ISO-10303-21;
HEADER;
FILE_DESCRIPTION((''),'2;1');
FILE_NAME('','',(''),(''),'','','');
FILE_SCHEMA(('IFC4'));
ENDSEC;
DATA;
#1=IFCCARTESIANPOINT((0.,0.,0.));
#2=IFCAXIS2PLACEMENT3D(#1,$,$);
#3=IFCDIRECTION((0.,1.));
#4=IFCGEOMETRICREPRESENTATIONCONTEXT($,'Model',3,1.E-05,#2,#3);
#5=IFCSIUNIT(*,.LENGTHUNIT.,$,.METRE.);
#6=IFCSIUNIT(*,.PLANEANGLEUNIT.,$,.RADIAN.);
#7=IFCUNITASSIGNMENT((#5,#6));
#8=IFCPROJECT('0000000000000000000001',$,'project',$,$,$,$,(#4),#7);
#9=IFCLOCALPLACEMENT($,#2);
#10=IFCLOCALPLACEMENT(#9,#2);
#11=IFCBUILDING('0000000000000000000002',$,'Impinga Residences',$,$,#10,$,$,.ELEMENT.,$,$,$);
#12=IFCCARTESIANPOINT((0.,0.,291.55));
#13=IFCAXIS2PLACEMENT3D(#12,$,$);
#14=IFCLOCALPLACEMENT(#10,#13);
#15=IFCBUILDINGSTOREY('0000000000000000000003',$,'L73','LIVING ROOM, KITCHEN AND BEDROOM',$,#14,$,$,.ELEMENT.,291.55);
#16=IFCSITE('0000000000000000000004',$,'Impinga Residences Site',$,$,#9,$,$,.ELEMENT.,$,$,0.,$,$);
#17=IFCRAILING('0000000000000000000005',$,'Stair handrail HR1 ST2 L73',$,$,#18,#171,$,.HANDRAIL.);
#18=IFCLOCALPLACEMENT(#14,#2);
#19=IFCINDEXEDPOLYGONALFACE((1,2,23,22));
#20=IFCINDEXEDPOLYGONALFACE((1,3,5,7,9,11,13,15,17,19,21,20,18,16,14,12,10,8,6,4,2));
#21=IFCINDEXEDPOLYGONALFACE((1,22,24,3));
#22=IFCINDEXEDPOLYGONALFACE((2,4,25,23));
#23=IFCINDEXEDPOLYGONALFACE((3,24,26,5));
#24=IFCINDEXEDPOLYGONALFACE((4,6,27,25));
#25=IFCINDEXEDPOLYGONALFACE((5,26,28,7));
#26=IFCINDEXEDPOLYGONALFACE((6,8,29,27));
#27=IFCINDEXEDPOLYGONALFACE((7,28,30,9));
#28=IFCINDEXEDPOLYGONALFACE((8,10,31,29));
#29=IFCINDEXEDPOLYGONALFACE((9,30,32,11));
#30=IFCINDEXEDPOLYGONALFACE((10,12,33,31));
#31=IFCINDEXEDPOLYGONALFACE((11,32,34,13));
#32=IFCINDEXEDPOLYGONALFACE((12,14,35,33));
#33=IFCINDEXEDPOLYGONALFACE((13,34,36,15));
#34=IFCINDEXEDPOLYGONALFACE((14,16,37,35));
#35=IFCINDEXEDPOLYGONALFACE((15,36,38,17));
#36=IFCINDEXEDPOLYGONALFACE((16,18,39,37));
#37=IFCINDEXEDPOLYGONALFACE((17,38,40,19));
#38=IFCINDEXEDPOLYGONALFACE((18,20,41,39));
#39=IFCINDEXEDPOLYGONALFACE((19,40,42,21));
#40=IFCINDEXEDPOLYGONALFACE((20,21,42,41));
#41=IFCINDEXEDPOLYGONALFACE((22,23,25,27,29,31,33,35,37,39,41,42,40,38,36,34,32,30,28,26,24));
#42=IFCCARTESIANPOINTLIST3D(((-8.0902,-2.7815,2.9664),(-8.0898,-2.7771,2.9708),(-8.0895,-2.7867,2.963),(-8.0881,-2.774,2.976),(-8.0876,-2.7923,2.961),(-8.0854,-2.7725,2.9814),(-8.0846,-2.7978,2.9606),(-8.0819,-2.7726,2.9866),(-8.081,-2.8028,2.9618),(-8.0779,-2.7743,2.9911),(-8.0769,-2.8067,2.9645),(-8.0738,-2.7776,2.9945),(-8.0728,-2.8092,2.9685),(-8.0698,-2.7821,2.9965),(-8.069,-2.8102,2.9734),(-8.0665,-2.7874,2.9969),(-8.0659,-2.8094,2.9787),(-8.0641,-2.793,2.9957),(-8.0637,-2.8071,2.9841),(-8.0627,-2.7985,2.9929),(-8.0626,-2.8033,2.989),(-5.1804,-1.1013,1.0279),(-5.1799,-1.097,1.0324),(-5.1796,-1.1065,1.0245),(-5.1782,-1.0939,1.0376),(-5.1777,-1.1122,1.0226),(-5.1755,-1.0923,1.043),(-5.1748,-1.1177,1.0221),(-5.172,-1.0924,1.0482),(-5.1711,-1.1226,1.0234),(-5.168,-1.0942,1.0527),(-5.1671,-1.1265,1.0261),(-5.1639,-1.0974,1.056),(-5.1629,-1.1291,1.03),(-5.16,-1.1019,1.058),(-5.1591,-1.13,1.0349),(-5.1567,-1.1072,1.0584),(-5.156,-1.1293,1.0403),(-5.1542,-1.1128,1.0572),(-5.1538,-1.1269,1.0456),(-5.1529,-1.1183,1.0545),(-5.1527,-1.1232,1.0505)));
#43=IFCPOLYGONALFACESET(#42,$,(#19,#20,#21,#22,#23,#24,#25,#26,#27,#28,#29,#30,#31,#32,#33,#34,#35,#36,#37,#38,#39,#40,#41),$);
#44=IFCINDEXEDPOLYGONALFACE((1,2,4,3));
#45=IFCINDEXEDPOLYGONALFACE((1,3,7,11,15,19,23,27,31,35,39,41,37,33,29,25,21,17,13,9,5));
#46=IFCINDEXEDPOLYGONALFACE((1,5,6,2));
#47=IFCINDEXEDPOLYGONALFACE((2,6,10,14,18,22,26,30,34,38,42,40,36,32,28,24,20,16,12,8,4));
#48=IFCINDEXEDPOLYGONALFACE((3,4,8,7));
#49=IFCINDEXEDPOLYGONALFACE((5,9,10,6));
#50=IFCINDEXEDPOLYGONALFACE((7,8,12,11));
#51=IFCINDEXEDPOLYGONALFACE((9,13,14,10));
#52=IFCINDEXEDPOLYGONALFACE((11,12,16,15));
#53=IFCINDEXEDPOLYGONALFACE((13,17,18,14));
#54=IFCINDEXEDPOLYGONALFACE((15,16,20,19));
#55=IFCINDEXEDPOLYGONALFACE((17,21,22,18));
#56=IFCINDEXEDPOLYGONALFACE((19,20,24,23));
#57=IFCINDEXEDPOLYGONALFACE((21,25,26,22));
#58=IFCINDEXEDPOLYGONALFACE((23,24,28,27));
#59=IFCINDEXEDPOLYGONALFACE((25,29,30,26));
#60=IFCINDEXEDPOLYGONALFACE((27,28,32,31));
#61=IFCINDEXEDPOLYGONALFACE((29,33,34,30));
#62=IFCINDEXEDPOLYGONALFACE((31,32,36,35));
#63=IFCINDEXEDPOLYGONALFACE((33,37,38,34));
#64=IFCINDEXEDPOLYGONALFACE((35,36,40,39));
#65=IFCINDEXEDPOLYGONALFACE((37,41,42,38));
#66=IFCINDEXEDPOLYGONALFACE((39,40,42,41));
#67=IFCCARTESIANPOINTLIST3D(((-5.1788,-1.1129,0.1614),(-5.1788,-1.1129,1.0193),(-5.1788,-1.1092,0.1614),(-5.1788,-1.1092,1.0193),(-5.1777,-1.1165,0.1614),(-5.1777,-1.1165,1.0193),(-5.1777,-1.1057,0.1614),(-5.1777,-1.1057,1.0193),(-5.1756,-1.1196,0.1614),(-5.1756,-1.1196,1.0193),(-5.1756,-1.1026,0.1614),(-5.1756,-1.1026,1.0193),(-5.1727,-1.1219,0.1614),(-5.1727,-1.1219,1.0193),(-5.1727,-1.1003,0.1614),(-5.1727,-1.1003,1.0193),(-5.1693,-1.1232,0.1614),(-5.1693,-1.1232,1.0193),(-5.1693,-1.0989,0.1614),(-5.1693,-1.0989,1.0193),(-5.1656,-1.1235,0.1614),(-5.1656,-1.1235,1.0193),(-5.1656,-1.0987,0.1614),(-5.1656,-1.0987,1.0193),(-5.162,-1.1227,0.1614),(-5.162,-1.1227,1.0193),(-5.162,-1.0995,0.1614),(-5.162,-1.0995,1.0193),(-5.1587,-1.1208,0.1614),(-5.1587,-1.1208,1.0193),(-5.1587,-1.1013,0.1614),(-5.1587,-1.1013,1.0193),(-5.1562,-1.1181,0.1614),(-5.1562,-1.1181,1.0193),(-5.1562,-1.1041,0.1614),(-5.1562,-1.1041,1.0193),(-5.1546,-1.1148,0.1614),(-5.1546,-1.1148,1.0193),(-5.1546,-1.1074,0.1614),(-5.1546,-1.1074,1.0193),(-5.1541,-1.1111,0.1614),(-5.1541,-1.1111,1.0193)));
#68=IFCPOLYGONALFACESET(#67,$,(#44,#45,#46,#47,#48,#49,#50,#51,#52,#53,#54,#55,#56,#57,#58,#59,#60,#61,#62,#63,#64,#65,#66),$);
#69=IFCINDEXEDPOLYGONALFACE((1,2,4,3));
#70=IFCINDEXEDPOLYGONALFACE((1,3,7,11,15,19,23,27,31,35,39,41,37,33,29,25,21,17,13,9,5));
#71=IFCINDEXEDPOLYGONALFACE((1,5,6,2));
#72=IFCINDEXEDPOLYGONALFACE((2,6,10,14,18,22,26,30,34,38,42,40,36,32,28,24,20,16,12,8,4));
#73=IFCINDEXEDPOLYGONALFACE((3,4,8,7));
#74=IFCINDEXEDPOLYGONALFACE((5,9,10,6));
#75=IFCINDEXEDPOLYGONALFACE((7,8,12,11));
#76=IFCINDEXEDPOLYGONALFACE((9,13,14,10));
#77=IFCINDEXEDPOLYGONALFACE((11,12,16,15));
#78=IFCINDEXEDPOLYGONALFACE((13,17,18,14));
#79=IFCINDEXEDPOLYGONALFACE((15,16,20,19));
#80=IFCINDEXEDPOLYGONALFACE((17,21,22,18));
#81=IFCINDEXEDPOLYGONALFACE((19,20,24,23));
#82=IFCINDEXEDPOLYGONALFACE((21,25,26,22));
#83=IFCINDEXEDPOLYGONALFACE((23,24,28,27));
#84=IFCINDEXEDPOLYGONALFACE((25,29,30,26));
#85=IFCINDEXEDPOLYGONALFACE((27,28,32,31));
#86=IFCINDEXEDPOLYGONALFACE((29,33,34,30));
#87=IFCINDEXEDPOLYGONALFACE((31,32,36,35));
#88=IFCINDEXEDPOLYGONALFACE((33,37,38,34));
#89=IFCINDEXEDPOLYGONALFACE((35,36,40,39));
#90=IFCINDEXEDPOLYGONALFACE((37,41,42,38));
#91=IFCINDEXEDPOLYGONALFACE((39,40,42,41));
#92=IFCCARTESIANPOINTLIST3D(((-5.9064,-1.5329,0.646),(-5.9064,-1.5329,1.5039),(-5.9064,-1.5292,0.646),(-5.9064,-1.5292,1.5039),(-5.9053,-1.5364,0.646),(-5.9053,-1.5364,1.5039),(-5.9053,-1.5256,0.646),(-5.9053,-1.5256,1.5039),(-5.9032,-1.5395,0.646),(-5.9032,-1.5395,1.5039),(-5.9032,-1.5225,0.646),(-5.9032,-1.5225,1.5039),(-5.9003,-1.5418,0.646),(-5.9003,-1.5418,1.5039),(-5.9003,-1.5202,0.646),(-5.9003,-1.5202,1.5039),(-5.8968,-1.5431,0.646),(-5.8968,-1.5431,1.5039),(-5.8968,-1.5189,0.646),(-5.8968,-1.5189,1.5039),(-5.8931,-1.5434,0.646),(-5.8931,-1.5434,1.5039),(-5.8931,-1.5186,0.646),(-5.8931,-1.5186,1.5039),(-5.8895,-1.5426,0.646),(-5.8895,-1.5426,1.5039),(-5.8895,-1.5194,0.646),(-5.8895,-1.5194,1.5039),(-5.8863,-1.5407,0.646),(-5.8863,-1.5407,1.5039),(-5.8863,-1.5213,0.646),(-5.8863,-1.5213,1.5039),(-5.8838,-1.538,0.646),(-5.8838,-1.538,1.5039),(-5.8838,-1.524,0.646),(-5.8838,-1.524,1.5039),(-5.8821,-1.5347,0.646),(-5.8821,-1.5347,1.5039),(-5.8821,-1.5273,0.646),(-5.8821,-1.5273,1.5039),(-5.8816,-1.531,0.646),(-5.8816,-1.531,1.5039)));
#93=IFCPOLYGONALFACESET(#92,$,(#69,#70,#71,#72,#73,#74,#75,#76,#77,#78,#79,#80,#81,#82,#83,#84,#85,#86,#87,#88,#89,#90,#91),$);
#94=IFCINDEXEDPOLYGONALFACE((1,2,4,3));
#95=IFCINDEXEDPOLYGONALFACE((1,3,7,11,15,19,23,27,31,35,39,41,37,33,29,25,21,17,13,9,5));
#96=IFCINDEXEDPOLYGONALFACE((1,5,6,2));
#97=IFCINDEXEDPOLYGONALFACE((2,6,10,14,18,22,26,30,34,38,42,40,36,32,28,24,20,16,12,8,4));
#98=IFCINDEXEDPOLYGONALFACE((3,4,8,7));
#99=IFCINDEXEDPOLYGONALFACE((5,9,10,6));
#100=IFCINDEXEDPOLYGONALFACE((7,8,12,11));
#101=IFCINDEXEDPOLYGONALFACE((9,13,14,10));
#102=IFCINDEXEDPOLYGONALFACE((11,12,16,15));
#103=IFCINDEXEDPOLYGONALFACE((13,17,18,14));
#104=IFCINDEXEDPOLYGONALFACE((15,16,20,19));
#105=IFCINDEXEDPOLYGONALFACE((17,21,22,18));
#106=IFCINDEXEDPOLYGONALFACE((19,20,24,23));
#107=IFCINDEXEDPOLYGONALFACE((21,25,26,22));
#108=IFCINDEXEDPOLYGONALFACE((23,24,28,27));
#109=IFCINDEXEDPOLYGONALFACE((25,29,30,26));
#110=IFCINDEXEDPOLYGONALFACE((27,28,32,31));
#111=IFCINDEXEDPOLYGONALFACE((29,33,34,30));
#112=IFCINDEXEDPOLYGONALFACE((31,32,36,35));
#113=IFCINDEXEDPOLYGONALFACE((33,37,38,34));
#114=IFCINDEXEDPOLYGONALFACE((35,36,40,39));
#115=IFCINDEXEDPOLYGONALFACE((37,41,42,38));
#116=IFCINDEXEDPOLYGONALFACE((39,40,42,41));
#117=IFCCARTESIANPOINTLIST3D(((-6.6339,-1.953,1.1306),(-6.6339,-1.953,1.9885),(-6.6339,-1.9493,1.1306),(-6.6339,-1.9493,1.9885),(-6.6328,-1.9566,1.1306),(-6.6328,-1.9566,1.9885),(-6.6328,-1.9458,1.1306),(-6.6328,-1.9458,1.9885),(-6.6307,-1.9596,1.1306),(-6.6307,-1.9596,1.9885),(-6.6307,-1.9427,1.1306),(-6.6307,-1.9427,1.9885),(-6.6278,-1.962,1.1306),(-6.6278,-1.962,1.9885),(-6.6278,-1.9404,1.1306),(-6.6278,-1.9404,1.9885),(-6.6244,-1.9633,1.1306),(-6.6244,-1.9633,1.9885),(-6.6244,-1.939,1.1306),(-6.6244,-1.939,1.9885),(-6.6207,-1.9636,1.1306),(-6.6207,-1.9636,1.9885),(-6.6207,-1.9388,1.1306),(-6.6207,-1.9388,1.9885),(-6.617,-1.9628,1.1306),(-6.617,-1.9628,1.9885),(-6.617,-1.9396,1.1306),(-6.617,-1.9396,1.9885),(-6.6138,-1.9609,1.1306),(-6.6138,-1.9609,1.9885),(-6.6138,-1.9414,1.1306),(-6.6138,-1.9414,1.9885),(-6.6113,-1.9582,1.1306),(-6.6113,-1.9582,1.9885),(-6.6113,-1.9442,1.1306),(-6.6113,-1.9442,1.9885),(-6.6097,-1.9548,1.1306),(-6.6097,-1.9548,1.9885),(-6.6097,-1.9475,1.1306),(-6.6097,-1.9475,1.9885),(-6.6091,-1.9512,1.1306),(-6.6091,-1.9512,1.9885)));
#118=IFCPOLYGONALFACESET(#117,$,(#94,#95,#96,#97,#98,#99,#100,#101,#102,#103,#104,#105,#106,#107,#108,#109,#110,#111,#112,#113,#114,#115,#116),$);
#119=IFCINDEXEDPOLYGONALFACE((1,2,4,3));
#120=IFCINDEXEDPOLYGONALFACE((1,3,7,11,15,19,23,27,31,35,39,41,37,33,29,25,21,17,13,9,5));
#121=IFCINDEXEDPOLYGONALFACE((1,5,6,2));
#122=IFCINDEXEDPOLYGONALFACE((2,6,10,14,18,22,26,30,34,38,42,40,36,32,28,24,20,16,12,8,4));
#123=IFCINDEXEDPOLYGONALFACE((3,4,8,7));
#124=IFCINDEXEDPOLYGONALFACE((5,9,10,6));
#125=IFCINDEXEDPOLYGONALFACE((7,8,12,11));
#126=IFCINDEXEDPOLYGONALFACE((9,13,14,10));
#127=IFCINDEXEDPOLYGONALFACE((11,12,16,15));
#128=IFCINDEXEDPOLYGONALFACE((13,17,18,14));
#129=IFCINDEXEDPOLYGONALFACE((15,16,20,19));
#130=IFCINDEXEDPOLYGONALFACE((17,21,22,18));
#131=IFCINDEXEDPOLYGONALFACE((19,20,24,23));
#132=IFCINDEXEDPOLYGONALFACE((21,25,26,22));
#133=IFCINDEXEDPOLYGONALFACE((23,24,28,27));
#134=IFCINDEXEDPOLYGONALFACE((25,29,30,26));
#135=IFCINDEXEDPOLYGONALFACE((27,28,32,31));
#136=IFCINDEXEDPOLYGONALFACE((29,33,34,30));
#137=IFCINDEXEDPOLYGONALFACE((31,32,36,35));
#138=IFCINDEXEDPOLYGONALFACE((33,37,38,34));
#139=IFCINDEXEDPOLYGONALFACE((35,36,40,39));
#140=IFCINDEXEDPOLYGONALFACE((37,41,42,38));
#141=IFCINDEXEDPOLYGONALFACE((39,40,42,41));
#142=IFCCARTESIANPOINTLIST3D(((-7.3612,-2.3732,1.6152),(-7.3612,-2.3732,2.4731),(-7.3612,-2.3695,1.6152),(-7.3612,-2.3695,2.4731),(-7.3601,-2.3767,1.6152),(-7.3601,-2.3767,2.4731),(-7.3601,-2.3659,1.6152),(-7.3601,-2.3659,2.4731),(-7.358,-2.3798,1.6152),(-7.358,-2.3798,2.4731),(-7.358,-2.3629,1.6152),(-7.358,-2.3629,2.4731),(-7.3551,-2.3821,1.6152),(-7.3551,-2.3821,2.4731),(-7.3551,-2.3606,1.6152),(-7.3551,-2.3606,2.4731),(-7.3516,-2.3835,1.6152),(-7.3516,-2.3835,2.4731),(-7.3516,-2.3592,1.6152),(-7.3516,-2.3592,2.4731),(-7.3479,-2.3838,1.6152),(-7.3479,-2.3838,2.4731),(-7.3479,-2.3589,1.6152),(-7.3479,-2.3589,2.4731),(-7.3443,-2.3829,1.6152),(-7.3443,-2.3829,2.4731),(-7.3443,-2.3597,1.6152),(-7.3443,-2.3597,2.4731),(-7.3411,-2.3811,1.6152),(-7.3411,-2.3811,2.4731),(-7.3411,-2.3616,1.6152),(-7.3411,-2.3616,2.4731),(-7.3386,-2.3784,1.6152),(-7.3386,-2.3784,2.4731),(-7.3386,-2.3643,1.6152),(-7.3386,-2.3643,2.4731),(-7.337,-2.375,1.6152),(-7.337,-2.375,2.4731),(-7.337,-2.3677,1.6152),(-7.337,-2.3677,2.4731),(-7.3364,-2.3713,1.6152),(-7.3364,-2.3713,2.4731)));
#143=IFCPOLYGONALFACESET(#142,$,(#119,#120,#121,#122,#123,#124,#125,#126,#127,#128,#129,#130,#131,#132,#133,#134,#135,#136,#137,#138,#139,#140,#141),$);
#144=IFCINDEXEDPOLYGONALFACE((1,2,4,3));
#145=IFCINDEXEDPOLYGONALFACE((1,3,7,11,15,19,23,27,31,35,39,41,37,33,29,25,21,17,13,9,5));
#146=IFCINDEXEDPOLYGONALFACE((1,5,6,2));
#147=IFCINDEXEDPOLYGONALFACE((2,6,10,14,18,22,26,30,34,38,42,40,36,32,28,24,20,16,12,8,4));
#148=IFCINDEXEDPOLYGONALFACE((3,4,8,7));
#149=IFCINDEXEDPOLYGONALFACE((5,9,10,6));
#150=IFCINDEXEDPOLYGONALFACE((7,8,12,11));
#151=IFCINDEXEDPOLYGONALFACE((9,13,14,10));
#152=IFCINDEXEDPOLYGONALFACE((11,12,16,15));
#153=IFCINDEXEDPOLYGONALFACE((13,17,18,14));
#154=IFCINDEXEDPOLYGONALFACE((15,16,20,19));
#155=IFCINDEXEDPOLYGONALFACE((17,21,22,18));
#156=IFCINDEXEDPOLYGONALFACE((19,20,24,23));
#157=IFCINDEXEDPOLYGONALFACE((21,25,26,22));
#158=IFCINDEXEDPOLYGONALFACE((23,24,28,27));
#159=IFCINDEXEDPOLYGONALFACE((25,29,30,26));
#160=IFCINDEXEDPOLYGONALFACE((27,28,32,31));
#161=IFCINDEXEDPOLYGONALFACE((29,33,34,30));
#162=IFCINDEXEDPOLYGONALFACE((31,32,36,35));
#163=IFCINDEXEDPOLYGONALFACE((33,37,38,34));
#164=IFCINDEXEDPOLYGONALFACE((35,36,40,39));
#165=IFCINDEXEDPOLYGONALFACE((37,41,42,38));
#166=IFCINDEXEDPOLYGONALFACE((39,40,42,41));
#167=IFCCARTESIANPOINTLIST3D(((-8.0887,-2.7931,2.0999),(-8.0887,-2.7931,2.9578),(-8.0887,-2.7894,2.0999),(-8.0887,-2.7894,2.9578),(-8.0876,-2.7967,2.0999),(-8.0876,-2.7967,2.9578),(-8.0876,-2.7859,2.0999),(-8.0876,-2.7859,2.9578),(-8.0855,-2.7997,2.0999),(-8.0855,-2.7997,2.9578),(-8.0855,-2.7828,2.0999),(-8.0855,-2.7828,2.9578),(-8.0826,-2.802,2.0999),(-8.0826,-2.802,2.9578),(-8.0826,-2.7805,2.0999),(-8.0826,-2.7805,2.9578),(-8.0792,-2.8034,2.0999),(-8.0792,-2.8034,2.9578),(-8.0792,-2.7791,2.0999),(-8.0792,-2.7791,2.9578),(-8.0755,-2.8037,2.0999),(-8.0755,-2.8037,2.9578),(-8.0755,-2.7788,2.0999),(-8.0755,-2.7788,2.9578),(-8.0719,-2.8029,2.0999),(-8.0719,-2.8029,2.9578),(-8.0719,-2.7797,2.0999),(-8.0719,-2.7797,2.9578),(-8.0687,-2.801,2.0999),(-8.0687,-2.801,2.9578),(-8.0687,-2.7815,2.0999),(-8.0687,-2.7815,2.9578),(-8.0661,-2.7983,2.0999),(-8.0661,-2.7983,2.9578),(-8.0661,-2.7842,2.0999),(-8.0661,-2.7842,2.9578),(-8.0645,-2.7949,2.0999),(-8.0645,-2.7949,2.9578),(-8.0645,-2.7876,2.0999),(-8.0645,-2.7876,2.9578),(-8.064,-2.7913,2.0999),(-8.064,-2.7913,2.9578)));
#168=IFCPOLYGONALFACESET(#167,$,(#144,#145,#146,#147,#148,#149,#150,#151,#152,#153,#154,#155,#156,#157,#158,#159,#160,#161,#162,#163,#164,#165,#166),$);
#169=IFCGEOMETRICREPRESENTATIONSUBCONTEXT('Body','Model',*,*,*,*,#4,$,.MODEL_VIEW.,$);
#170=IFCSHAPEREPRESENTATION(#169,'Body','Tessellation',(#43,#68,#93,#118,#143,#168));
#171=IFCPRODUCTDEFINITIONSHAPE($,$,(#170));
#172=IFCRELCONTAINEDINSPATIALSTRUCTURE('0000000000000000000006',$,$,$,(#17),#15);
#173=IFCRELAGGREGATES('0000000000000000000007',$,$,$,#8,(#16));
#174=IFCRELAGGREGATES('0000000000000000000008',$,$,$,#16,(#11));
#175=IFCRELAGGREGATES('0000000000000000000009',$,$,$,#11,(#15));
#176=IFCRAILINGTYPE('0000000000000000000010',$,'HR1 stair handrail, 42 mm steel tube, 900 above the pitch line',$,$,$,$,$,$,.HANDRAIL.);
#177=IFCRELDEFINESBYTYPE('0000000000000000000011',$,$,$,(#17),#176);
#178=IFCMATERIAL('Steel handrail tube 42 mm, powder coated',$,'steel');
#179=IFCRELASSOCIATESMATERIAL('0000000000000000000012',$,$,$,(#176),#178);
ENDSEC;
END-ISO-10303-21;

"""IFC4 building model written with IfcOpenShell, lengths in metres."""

from ifc_helpers import new_model, si_unit, direction, frame, origin, origin_2d, place, context, subcontext, project, spatial, circle, extrude, material, type_object, element, save


model = new_model("IFC4")

# Units and contexts
model_context = context("Model", 3, precision=1e-05, world=origin(), true_north=direction((0.0, 1.0)))
body_context = subcontext(model_context, "Body", "Model", "MODEL_VIEW")
ifc_project = project(units=[si_unit("LENGTHUNIT", "METRE"), si_unit("PLANEANGLEUNIT", "RADIAN")], contexts=[model_context])

# Site, building, storey
site_placement = place(None, origin())
site = spatial("IfcSite", under=ifc_project, at=site_placement, Name="Impinga Residences Site", CompositionType="ELEMENT", RefElevation=0.0)
building_placement = place(site_placement, origin())
building = spatial("IfcBuilding", under=site, at=building_placement, Name="Impinga Residences", CompositionType="ELEMENT")
storey_placement = place(building_placement, frame((0.0, 0.0, 291.55)))
storey = spatial("IfcBuildingStorey", under=building, at=storey_placement, Name="L73", Description="LIVING ROOM, KITCHEN AND BEDROOM", CompositionType="ELEMENT", Elevation=291.55)

# Railing
ifc_material_1 = material(Name="Steel handrail tube 42 mm, powder coated", Category="steel")
railing_type = type_object("IfcRailingType", Name="HR1 stair handrail, 42 mm steel tube, 900 above the pitch line", PredefinedType="HANDRAIL", material=ifc_material_1)
railing_placement = place(storey_placement, frame((-5.1665, -1.1111, 0.1614)))
element("IfcRailing", 1, at=railing_placement, inside=storey, type_object=railing_type, Name="Stair handrail HR1 ST2 L73", PredefinedType="HANDRAIL", context=body_context, shape_type="SweptSolid", body=[
    extrude(circle(Radius=0.021, at=origin_2d()), frame((0.0, 0.0, 0.8789), z_axis=(-0.75013, -0.433123, 0.499709), x_axis=(0.500031, -0.866008, 0.0)), (0.0, 0.0, 1.0), 3.8792),
    extrude(circle(Radius=0.0125, at=origin_2d()), origin(), (0.0, 0.0, 1.0), 0.8579),
    extrude(circle(Radius=0.0125, at=origin_2d()), frame((-0.7275, -0.4199, 0.4846)), (0.0, 0.0, 1.0), 0.8579),
    extrude(circle(Radius=0.0125, at=origin_2d()), frame((-1.4551, -0.8401, 0.9692)), (0.0, 0.0, 1.0), 0.8579),
    extrude(circle(Radius=0.0125, at=origin_2d()), frame((-2.1824, -1.2603, 1.4539)), (0.0, 0.0, 1.0), 0.8579),
    extrude(circle(Radius=0.0125, at=origin_2d()), frame((-2.9099, -1.6802, 1.9385)), (0.0, 0.0, 1.0), 0.8579),
])

save(model, "model.ifc")
